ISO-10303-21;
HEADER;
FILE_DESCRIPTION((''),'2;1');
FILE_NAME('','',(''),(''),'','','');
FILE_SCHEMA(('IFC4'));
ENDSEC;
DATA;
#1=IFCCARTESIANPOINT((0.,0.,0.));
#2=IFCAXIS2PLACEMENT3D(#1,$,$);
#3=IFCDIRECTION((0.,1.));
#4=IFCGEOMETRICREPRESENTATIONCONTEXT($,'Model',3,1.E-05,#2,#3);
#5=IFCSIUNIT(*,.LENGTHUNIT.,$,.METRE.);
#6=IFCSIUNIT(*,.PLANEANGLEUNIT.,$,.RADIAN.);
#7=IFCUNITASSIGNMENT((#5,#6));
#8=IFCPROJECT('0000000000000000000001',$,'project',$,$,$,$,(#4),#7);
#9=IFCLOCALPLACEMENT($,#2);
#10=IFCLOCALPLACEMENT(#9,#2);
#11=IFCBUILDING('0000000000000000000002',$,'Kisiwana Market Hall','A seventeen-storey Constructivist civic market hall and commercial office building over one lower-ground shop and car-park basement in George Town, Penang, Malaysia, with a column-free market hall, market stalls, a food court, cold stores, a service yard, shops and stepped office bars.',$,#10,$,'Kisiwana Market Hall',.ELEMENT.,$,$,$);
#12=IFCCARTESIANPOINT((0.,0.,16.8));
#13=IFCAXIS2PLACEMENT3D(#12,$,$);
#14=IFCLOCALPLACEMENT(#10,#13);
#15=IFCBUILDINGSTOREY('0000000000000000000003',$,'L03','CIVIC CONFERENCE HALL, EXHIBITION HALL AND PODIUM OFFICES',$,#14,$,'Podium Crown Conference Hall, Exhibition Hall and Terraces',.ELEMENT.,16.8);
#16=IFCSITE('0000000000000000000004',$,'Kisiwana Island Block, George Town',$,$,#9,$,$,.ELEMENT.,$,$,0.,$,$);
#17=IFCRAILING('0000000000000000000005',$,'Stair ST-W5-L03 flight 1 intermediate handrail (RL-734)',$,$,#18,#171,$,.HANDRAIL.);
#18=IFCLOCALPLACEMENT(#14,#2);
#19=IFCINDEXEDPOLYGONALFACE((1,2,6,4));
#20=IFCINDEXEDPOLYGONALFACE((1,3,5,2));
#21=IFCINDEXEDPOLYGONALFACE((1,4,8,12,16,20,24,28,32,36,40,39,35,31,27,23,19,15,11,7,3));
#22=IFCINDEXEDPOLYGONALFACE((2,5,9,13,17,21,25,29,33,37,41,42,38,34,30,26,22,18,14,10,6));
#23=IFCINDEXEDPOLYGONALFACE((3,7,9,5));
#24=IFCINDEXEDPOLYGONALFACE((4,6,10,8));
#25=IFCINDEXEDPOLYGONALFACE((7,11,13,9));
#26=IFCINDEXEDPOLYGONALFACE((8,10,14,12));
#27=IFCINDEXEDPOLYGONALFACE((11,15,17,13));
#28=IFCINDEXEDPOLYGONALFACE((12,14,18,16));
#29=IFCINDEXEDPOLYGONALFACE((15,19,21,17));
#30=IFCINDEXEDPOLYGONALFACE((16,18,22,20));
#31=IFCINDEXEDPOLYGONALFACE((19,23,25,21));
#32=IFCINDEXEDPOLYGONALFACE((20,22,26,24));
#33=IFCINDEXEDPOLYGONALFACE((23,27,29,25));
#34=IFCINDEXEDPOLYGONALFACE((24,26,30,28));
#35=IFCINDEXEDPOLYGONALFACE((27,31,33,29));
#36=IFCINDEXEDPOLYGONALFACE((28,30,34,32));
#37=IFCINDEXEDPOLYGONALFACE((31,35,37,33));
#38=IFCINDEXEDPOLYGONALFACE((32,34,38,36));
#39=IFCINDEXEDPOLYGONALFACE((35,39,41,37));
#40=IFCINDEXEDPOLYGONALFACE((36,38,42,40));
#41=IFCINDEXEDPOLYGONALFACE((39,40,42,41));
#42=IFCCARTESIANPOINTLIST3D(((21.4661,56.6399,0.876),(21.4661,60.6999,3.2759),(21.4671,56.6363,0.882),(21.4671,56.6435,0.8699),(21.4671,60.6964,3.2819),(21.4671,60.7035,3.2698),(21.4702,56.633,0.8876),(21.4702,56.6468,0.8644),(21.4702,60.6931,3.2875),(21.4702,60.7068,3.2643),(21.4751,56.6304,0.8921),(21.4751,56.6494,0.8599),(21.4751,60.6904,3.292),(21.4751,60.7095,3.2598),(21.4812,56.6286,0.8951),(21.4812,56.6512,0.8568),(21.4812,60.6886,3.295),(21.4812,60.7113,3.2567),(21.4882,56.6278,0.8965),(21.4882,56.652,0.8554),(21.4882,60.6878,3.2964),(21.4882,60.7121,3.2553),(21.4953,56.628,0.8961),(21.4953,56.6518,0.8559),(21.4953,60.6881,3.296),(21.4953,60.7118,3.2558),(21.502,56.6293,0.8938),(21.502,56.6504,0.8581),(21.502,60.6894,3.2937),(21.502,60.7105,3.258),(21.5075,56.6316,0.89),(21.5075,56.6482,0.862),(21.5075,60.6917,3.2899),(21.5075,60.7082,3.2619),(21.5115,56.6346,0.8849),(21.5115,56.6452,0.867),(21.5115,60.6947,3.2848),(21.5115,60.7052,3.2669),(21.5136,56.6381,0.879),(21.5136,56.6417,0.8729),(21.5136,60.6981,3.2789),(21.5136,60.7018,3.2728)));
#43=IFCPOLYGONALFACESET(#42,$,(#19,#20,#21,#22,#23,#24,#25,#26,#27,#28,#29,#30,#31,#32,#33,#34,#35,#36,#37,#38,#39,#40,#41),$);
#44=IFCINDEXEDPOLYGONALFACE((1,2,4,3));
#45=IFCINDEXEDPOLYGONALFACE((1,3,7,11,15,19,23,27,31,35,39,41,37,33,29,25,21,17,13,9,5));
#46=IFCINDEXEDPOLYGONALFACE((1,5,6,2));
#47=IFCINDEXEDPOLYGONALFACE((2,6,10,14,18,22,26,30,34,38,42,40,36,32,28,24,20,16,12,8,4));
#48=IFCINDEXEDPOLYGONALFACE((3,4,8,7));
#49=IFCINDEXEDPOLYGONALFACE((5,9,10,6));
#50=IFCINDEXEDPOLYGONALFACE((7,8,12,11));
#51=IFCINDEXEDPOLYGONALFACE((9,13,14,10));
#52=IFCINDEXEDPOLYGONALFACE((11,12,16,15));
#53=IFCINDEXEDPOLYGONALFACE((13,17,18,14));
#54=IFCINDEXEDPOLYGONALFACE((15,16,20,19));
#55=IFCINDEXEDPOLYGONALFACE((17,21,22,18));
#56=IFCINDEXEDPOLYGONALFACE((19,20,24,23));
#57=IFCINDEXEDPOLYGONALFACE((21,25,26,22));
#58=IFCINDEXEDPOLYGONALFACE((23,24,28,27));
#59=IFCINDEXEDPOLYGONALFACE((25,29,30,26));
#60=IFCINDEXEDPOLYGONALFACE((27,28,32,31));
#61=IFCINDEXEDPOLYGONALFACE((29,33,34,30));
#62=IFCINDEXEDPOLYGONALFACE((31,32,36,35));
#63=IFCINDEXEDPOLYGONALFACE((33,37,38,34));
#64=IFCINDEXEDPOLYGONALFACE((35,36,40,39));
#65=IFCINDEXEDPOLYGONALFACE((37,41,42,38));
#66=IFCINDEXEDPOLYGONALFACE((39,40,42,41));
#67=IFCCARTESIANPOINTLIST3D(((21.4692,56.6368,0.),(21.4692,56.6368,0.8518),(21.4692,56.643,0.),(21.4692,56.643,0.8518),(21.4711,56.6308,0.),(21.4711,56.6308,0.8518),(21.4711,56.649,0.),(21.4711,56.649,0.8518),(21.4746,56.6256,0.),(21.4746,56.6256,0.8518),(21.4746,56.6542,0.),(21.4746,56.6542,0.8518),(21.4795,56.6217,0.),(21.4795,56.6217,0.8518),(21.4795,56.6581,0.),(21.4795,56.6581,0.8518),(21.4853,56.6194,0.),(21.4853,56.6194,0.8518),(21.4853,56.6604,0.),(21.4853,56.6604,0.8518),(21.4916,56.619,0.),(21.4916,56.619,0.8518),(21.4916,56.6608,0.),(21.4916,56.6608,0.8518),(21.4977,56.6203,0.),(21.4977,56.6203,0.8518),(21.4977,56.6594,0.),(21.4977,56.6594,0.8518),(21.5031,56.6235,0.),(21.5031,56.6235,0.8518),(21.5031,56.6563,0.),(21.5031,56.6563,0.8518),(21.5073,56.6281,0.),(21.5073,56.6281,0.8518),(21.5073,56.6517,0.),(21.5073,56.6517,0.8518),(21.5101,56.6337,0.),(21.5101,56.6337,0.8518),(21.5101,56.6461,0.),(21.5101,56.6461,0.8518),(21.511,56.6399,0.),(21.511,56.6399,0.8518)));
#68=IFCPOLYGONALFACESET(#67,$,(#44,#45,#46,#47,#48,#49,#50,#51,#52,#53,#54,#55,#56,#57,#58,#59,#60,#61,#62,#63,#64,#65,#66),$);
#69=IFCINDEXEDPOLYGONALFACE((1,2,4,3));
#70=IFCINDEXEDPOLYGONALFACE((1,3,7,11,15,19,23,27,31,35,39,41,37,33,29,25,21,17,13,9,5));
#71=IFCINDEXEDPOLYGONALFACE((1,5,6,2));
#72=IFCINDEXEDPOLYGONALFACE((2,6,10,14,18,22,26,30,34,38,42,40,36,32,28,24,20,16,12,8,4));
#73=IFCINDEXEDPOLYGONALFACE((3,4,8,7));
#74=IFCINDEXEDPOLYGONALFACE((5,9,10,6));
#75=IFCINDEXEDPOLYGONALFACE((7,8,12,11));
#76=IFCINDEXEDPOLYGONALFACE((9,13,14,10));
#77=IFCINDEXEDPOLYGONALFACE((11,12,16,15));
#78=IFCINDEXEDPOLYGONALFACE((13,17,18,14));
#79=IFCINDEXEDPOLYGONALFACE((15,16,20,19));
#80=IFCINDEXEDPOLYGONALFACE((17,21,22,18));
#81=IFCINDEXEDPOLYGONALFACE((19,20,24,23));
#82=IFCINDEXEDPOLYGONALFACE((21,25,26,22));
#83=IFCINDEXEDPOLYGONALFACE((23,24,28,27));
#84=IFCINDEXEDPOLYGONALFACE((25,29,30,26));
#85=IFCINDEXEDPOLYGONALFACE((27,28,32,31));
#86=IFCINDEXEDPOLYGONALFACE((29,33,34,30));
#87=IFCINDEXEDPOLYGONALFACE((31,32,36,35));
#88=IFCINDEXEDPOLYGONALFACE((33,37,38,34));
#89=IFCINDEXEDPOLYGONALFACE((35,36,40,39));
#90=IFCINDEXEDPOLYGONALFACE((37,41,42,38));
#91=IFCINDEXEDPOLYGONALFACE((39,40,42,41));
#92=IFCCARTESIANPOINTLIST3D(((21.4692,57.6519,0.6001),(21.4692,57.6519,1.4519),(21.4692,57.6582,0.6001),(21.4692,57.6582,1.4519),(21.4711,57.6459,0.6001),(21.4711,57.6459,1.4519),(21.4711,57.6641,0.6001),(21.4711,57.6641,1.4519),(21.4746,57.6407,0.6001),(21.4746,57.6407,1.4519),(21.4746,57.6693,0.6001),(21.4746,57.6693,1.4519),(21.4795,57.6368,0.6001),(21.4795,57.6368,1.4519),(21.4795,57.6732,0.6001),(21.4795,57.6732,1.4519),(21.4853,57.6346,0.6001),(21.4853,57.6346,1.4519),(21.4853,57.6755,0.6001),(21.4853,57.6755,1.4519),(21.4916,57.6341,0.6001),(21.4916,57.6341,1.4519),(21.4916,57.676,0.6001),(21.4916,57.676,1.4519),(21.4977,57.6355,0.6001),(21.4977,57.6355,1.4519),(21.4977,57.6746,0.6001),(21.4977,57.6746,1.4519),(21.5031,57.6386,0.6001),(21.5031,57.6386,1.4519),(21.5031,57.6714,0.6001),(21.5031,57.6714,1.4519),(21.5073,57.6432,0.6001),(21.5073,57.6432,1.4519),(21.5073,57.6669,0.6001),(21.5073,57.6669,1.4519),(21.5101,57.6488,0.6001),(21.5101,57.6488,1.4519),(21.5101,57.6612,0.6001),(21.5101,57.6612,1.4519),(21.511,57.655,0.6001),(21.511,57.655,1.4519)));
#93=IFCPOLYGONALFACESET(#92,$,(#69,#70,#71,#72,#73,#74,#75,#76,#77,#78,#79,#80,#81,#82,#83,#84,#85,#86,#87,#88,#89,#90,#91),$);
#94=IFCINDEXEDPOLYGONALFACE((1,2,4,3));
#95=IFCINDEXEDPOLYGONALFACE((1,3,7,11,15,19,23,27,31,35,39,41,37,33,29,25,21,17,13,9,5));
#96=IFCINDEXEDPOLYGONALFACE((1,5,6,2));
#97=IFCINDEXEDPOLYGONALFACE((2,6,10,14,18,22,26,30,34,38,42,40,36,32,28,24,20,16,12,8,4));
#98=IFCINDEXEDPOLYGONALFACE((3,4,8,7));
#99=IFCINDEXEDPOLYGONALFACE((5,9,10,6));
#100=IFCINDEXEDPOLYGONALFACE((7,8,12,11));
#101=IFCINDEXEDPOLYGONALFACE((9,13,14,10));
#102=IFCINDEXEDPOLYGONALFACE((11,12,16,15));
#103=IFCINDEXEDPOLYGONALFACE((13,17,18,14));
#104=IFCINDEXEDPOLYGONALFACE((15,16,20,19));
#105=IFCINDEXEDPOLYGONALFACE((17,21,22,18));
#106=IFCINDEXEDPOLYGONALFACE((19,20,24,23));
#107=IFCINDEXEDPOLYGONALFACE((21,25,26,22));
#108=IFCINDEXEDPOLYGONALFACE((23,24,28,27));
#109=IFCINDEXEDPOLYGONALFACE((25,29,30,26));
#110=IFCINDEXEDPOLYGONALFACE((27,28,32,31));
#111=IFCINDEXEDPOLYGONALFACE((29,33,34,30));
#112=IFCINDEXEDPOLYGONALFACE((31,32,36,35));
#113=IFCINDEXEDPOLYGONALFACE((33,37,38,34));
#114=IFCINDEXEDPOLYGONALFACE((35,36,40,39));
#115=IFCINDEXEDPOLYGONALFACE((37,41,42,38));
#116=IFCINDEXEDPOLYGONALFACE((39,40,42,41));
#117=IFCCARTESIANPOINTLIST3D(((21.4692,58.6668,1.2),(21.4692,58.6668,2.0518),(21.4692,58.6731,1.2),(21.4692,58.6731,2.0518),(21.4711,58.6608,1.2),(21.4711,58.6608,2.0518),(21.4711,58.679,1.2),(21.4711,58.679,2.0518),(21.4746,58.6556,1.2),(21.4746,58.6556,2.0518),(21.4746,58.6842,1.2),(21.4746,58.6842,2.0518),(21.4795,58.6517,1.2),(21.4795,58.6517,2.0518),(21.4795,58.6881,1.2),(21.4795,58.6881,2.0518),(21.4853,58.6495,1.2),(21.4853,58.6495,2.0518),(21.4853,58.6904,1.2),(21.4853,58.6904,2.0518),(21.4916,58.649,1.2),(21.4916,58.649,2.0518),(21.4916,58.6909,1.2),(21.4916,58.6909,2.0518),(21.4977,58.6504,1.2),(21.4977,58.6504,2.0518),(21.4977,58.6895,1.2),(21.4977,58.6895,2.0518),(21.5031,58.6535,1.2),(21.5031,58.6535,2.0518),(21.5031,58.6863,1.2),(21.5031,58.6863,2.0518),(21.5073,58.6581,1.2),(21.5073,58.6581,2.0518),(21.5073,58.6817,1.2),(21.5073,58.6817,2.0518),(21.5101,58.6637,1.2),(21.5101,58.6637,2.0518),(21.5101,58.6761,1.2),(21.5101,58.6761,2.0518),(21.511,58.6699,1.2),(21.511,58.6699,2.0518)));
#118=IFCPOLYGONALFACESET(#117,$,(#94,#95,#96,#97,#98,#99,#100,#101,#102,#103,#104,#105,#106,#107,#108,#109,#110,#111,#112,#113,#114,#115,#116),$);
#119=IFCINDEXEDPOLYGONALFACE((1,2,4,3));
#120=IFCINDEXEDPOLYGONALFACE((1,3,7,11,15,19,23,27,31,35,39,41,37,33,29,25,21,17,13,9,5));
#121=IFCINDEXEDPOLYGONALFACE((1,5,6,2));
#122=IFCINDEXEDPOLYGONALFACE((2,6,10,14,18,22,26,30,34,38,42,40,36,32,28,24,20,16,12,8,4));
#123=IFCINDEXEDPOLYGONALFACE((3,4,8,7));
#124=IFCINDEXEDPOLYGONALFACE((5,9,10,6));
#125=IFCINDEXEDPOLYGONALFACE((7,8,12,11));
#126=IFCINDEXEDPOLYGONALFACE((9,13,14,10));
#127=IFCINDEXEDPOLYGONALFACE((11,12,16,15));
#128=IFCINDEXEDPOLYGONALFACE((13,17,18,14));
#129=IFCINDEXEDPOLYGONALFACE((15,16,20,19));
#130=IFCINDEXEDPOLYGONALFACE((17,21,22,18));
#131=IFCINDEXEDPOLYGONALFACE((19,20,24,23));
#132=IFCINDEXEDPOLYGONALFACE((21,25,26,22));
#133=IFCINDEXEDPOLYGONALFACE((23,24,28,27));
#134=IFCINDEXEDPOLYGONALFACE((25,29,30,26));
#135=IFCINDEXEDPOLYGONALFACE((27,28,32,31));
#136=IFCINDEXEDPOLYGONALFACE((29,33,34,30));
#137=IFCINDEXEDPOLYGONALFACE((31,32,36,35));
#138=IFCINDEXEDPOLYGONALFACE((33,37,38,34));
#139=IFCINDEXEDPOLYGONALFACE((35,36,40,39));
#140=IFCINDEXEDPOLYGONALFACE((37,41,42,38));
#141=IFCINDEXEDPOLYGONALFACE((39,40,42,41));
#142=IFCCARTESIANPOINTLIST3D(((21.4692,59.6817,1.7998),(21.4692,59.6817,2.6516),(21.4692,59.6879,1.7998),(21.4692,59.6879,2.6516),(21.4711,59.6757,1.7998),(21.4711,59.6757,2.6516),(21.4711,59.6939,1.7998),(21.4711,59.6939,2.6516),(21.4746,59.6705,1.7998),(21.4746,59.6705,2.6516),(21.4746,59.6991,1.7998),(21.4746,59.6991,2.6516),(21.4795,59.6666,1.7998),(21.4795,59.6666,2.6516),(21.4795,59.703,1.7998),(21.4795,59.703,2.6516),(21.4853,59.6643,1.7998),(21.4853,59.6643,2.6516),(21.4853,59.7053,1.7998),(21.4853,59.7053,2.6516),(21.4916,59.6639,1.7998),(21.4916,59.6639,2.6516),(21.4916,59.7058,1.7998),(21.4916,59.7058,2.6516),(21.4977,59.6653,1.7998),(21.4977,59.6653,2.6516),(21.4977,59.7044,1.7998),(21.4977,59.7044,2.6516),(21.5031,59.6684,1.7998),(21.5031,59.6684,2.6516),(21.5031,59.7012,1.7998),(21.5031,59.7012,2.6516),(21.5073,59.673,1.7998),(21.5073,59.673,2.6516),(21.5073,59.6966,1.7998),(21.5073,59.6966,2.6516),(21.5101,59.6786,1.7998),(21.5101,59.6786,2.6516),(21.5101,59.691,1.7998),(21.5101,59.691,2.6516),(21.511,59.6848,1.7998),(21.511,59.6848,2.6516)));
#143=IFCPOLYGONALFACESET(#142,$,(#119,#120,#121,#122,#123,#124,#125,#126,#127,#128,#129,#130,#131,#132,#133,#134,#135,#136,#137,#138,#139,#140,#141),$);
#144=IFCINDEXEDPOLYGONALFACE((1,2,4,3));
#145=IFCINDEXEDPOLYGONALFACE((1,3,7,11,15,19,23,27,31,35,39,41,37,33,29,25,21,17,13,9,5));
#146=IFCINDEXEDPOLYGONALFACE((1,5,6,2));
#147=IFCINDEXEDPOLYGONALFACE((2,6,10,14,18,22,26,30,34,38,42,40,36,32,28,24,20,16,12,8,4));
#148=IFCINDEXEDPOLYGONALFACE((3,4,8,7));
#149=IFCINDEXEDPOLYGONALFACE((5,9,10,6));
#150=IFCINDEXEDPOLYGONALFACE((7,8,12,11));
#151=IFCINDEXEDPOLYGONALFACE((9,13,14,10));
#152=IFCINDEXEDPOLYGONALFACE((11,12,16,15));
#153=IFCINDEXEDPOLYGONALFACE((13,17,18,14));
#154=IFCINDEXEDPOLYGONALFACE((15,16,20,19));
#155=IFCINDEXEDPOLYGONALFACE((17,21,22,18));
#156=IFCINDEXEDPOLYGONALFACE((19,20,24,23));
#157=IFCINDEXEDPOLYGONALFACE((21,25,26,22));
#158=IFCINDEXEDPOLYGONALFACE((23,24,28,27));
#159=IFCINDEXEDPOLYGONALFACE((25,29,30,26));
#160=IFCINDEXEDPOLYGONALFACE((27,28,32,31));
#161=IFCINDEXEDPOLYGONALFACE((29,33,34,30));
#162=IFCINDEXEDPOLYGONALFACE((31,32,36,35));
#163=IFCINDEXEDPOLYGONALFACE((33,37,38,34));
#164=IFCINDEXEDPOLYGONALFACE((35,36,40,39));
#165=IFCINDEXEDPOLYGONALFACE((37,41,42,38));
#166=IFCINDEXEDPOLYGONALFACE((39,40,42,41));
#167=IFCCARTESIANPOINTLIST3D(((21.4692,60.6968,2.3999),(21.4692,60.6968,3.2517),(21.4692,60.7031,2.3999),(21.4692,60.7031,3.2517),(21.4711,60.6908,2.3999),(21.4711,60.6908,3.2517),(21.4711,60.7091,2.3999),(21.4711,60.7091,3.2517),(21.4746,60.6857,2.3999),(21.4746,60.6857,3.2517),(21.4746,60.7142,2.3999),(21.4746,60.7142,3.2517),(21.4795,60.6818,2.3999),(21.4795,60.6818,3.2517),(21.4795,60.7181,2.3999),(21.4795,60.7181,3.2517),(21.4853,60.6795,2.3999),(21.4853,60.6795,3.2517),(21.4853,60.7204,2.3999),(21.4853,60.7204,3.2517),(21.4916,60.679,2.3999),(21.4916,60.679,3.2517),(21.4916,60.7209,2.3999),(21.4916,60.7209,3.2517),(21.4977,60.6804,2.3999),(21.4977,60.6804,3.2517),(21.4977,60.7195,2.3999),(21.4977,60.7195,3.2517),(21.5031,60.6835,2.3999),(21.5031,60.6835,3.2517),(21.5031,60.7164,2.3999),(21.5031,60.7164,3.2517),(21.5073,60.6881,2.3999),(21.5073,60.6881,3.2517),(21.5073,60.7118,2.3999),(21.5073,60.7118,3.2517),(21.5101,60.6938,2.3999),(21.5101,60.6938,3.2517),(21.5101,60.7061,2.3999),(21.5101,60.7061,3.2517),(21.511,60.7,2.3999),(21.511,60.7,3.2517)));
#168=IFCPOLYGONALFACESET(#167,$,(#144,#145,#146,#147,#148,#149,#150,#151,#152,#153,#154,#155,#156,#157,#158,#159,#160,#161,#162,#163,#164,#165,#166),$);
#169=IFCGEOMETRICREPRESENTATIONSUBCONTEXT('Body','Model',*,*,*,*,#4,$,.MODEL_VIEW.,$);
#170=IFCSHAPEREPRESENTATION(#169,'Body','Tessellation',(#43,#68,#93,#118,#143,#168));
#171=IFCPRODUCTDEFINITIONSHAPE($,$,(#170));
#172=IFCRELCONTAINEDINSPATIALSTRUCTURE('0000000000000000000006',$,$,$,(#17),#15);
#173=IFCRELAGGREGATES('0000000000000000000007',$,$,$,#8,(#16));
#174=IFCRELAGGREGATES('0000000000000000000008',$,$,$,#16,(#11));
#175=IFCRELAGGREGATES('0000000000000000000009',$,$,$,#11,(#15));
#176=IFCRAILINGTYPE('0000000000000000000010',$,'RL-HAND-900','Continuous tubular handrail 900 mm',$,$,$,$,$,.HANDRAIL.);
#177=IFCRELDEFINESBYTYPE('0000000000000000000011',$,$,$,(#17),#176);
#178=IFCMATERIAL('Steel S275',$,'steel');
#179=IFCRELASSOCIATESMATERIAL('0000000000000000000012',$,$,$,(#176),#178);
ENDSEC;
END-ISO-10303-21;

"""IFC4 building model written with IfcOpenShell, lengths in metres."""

from ifc_helpers import new_model, si_unit, direction, frame, origin, origin_2d, place, context, subcontext, project, spatial, circle, extrude, material, type_object, element, save


model = new_model("IFC4")

# Units and contexts
model_context = context("Model", 3, precision=1e-05, world=origin(), true_north=direction((0.0, 1.0)))
body_context = subcontext(model_context, "Body", "Model", "MODEL_VIEW")
ifc_project = project(units=[si_unit("LENGTHUNIT", "METRE"), si_unit("PLANEANGLEUNIT", "RADIAN")], contexts=[model_context])

# Site, building, storey
site_placement = place(None, origin())
site = spatial("IfcSite", under=ifc_project, at=site_placement, Name="Kisiwana Island Block, George Town", CompositionType="ELEMENT", RefElevation=0.0)
building_placement = place(site_placement, origin())
building = spatial("IfcBuilding", under=site, at=building_placement, Name="Kisiwana Market Hall", Description="A seventeen-storey Constructivist civic market hall and commercial office building over one lower-ground shop and car-park basement in George Town, Penang, Malaysia, with a column-free market hall, market stalls, a food court, cold stores, a service yard, shops and stepped office bars.", LongName="Kisiwana Market Hall", CompositionType="ELEMENT")
storey_placement = place(building_placement, frame((0.0, 0.0, 16.8)))
storey = spatial("IfcBuildingStorey", under=building, at=storey_placement, Name="L03", Description="CIVIC CONFERENCE HALL, EXHIBITION HALL AND PODIUM OFFICES", LongName="Podium Crown Conference Hall, Exhibition Hall and Terraces", CompositionType="ELEMENT", Elevation=16.8)

# Railing
ifc_material_1 = material(Name="Steel S275", Category="steel")
railing_type_1 = type_object("IfcRailingType", Name="RL-HAND-900", Description="Continuous tubular handrail 900 mm", PredefinedType="HANDRAIL", material=ifc_material_1)
railing_1_placement = place(storey_placement, frame((21.49, 56.6399, 0.0)))
element("IfcRailing", 1, at=railing_1_placement, inside=storey, type_object=railing_type_1, Name="Stair ST-W5-L03 flight 1 intermediate handrail (RL-734)", PredefinedType="HANDRAIL", context=body_context, shape_type="SweptSolid", body=[
    extrude(circle(Radius=0.0239, at=origin_2d()), frame((0.0, 0.0, 0.876), z_axis=(0.0, 0.860854, 0.508851), x_axis=(-1.0, 0.0, 0.0)), (0.0, 0.0, 1.0), 4.7163),
    extrude(circle(Radius=0.021, at=origin_2d()), origin(), (0.0, 0.0, 1.0), 0.8518),
    extrude(circle(Radius=0.021, at=origin_2d()), frame((0.0, 1.0151, 0.6001)), (0.0, 0.0, 1.0), 0.8518),
    extrude(circle(Radius=0.021, at=origin_2d()), frame((0.0, 2.03, 1.2)), (0.0, 0.0, 1.0), 0.8518),
    extrude(circle(Radius=0.021, at=origin_2d()), frame((0.0, 3.0449, 1.7998)), (0.0, 0.0, 1.0), 0.8518),
    extrude(circle(Radius=0.021, at=origin_2d()), frame((0.0, 4.0601, 2.3999)), (0.0, 0.0, 1.0), 0.8518),
])

save(model, "model.ifc")
